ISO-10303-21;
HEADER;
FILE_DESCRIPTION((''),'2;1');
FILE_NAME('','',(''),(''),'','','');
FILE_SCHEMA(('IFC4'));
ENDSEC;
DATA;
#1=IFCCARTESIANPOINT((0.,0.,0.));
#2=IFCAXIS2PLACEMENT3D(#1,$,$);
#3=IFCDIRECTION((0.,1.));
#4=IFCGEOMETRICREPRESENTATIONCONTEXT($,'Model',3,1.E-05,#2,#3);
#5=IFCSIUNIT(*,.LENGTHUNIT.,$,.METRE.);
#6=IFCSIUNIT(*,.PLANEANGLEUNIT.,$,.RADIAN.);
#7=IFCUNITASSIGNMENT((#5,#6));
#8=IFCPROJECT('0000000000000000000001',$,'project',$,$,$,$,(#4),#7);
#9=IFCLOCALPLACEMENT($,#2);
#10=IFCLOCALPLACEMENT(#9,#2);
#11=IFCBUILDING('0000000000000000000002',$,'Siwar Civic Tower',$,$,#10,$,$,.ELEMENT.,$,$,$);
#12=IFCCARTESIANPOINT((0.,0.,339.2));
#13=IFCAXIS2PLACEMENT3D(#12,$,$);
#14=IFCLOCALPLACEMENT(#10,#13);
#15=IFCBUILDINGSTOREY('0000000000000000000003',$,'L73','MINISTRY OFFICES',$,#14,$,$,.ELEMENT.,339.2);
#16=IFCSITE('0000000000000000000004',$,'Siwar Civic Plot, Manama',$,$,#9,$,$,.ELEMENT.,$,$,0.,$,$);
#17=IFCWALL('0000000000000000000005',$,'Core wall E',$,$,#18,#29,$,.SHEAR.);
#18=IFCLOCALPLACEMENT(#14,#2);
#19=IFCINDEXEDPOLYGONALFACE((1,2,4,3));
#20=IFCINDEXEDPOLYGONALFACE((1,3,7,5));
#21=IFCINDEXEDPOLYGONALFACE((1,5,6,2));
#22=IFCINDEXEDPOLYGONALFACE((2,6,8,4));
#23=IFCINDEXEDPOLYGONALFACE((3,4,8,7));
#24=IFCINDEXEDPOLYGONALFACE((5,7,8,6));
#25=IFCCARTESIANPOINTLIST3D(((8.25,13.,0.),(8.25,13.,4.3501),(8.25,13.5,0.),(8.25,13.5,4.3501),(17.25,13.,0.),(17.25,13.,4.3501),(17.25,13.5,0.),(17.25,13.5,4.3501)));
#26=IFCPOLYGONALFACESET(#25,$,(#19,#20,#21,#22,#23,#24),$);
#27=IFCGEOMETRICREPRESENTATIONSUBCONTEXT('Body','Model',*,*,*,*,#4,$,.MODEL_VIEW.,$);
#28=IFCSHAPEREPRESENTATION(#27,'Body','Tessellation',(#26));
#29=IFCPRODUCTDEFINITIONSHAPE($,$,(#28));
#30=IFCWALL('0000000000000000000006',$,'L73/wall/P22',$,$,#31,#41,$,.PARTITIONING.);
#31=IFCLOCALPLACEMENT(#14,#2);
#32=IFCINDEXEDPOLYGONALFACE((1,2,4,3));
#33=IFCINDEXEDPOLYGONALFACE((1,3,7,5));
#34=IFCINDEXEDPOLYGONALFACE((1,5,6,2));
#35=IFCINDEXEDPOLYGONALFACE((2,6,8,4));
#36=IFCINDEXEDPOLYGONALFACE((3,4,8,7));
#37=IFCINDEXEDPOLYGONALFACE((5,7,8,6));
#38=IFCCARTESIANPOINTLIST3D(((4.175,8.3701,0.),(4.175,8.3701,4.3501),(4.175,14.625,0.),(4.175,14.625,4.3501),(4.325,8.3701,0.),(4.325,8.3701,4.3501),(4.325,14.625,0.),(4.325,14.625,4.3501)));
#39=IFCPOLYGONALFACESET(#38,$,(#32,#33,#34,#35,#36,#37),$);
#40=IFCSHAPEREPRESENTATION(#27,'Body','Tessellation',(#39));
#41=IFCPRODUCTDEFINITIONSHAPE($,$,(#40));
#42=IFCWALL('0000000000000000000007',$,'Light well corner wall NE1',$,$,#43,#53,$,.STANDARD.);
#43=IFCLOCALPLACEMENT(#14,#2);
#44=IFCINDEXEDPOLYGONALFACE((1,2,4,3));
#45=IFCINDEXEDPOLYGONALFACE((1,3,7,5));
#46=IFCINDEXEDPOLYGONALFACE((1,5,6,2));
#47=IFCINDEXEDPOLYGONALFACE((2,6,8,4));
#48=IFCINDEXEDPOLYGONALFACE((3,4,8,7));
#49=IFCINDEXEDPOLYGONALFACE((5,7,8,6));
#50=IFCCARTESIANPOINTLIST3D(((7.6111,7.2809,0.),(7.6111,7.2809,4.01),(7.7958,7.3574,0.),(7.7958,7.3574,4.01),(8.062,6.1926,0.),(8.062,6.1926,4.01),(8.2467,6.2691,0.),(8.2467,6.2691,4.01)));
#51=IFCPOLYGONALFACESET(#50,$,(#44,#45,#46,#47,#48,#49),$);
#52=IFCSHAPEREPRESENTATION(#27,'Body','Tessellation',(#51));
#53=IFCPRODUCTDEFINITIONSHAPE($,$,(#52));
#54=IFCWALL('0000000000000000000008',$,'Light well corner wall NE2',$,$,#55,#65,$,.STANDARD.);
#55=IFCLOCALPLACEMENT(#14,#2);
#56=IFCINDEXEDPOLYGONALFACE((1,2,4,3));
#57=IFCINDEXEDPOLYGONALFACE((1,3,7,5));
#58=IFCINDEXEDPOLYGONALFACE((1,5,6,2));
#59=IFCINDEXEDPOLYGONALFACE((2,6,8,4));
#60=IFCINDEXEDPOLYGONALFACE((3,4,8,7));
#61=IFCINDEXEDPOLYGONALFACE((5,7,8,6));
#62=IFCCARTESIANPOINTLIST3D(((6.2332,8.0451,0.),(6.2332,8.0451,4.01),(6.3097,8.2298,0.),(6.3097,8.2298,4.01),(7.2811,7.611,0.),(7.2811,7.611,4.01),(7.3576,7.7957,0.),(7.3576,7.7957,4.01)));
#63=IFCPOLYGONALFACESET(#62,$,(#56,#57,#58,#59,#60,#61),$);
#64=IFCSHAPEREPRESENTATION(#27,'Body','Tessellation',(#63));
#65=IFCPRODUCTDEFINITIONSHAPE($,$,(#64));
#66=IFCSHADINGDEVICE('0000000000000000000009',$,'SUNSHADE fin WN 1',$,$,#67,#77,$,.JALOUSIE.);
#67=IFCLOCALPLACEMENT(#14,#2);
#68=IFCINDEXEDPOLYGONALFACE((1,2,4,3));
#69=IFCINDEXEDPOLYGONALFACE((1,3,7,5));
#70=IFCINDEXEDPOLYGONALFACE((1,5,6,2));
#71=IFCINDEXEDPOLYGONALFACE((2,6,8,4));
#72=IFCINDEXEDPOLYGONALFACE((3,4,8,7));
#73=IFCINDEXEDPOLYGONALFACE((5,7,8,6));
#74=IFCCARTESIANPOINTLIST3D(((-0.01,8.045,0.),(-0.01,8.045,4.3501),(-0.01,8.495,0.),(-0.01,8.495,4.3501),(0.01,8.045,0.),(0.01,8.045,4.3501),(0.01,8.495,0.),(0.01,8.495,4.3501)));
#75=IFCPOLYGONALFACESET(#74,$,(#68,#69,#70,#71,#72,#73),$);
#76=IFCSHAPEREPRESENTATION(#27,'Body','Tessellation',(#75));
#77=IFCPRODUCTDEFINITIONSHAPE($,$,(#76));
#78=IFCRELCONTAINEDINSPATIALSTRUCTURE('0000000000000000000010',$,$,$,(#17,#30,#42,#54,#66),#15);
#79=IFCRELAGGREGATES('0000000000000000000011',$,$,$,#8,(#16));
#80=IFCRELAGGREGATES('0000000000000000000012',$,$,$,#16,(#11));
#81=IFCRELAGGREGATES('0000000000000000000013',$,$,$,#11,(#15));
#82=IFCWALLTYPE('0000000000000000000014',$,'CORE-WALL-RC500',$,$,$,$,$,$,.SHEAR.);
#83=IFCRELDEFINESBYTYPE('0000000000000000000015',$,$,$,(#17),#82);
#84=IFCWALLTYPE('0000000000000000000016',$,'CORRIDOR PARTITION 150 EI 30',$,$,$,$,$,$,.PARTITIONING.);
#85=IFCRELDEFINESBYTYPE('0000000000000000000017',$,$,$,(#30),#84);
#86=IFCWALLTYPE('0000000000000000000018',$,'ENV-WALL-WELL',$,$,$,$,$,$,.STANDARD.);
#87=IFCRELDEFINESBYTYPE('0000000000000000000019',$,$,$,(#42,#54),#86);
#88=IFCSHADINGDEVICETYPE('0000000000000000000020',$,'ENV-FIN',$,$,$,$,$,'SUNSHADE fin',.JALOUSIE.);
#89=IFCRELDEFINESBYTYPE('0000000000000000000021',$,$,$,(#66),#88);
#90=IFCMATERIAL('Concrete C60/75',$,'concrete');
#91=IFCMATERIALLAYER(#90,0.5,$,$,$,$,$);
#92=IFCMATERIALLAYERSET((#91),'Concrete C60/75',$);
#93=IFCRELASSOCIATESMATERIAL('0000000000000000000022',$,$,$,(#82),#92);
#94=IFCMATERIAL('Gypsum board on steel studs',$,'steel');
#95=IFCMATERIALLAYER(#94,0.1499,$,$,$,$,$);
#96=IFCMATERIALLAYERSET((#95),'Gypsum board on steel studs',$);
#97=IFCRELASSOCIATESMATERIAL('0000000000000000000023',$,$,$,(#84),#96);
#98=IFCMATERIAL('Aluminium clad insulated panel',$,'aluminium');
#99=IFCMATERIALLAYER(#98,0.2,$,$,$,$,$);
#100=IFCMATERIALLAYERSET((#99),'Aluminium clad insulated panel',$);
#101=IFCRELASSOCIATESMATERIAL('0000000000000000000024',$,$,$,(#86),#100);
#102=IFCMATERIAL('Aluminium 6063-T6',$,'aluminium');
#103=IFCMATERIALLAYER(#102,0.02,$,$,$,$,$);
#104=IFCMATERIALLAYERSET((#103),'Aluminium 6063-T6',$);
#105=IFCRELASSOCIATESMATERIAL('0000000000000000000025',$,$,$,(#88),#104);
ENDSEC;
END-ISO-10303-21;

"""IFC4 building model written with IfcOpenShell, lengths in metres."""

from ifc_helpers import new_model, si_unit, direction, frame, frame_2d, origin, origin_2d, place, context, subcontext, project, spatial, rectangle, extrude, material, layer, layer_set, type_object, element, save


model = new_model("IFC4")

# Units and contexts
model_context = context("Model", 3, precision=1e-05, world=origin(), true_north=direction((0.0, 1.0)))
body_context = subcontext(model_context, "Body", "Model", "MODEL_VIEW")
ifc_project = project(units=[si_unit("LENGTHUNIT", "METRE"), si_unit("PLANEANGLEUNIT", "RADIAN")], contexts=[model_context])

# Site, building, storey
site_placement = place(None, origin())
site = spatial("IfcSite", under=ifc_project, at=site_placement, Name="Siwar Civic Plot, Manama", CompositionType="ELEMENT", RefElevation=0.0)
building_placement = place(site_placement, origin())
building = spatial("IfcBuilding", under=site, at=building_placement, Name="Siwar Civic Tower", CompositionType="ELEMENT")
storey_placement = place(building_placement, frame((0.0, 0.0, 339.2)))
storey = spatial("IfcBuildingStorey", under=building, at=storey_placement, Name="L73", Description="MINISTRY OFFICES", CompositionType="ELEMENT", Elevation=339.2)

# Walls
ifc_material_1 = material(Name="Concrete C60/75", Category="concrete")
ifc_layer_1 = layer(ifc_material_1, 0.5)
ifc_layer_set_1 = layer_set([ifc_layer_1], Name="Concrete C60/75")
wall_type_1 = type_object("IfcWallType", Name="CORE-WALL-RC500", PredefinedType="SHEAR", material=ifc_layer_set_1)
wall_1_placement = place(storey_placement, frame((8.25, 13.25, 0.0), z_axis=(0.0, 0.0, 1.0), x_axis=(1.0, 0.0, 0.0)))
element("IfcWall", 1, at=wall_1_placement, inside=storey, type_object=wall_type_1, Name="Core wall E", PredefinedType="SHEAR", context=body_context, shape_type="SweptSolid", body=[
    extrude(rectangle(XDim=9.0, YDim=0.5, at=frame_2d((4.5, 0.0))), origin(), (0.0, 0.0, 1.0), 4.3501),
])
ifc_material_2 = material(Name="Gypsum board on steel studs", Category="steel")
ifc_layer_2 = layer(ifc_material_2, 0.1499)
ifc_layer_set_2 = layer_set([ifc_layer_2], Name="Gypsum board on steel studs")
wall_type_2 = type_object("IfcWallType", Name="CORRIDOR PARTITION 150 EI 30", PredefinedType="PARTITIONING", material=ifc_layer_set_2)
wall_2_placement = place(storey_placement, frame((4.25, 8.3701, 0.0), z_axis=(0.0, 0.0, 1.0), x_axis=(0.0, 1.0, 0.0)))
element("IfcWall", 2, at=wall_2_placement, inside=storey, type_object=wall_type_2, Name="L73/wall/P22", PredefinedType="PARTITIONING", context=body_context, shape_type="SweptSolid", body=[
    extrude(rectangle(XDim=6.2549, YDim=0.1499, at=frame_2d((3.1274, 0.0))), origin(), (0.0, 0.0, 1.0), 4.3501),
])
ifc_material_3 = material(Name="Aluminium clad insulated panel", Category="aluminium")
ifc_layer_3 = layer(ifc_material_3, 0.2)
ifc_layer_set_3 = layer_set([ifc_layer_3], Name="Aluminium clad insulated panel")
wall_type_3 = type_object("IfcWallType", Name="ENV-WALL-WELL", PredefinedType="STANDARD", material=ifc_layer_set_3)
wall_3_placement = place(storey_placement, frame((8.1543, 6.231, 0.0), z_axis=(0.0, 0.0, 1.0), x_axis=(-0.382761, 0.923848, 0.0)))
element("IfcWall", 3, at=wall_3_placement, inside=storey, type_object=wall_type_3, Name="Light well corner wall NE1", PredefinedType="STANDARD", context=body_context, shape_type="SweptSolid", body=[
    extrude(rectangle(XDim=1.178, YDim=0.2, at=frame_2d((0.5889, 0.0))), origin(), (0.0, 0.0, 1.0), 4.01),
])
wall_4_placement = place(storey_placement, frame((7.3193, 7.7034, 0.0), z_axis=(0.0, 0.0, 1.0), x_axis=(-0.923865, 0.382719, 0.0)))
element("IfcWall", 4, at=wall_4_placement, inside=storey, type_object=wall_type_3, Name="Light well corner wall NE2", PredefinedType="STANDARD", context=body_context, shape_type="SweptSolid", body=[
    extrude(rectangle(XDim=1.1343, YDim=0.2, at=frame_2d((0.5671, 0.0))), origin(), (0.0, 0.0, 1.0), 4.01),
])

# Shading device
ifc_material_4 = material(Name="Aluminium 6063-T6", Category="aluminium")
ifc_layer_4 = layer(ifc_material_4, 0.02)
ifc_layer_set_4 = layer_set([ifc_layer_4], Name="Aluminium 6063-T6")
shading_device_type = type_object("IfcShadingDeviceType", Name="ENV-FIN", ElementType="SUNSHADE fin", PredefinedType="JALOUSIE", material=ifc_layer_set_4)
shading_device_placement = place(storey_placement, frame((0.0, 8.27, 0.0), z_axis=(0.0, 0.0, 1.0), x_axis=(-1.0, 0.0, 0.0)))
element("IfcShadingDevice", 5, at=shading_device_placement, inside=storey, type_object=shading_device_type, Name="SUNSHADE fin WN 1", PredefinedType="JALOUSIE", context=body_context, shape_type="SweptSolid", body=[
    extrude(rectangle(XDim=0.02, YDim=0.45, at=origin_2d()), origin(), (0.0, 0.0, 1.0), 4.3501),
])

save(model, "model.ifc")
